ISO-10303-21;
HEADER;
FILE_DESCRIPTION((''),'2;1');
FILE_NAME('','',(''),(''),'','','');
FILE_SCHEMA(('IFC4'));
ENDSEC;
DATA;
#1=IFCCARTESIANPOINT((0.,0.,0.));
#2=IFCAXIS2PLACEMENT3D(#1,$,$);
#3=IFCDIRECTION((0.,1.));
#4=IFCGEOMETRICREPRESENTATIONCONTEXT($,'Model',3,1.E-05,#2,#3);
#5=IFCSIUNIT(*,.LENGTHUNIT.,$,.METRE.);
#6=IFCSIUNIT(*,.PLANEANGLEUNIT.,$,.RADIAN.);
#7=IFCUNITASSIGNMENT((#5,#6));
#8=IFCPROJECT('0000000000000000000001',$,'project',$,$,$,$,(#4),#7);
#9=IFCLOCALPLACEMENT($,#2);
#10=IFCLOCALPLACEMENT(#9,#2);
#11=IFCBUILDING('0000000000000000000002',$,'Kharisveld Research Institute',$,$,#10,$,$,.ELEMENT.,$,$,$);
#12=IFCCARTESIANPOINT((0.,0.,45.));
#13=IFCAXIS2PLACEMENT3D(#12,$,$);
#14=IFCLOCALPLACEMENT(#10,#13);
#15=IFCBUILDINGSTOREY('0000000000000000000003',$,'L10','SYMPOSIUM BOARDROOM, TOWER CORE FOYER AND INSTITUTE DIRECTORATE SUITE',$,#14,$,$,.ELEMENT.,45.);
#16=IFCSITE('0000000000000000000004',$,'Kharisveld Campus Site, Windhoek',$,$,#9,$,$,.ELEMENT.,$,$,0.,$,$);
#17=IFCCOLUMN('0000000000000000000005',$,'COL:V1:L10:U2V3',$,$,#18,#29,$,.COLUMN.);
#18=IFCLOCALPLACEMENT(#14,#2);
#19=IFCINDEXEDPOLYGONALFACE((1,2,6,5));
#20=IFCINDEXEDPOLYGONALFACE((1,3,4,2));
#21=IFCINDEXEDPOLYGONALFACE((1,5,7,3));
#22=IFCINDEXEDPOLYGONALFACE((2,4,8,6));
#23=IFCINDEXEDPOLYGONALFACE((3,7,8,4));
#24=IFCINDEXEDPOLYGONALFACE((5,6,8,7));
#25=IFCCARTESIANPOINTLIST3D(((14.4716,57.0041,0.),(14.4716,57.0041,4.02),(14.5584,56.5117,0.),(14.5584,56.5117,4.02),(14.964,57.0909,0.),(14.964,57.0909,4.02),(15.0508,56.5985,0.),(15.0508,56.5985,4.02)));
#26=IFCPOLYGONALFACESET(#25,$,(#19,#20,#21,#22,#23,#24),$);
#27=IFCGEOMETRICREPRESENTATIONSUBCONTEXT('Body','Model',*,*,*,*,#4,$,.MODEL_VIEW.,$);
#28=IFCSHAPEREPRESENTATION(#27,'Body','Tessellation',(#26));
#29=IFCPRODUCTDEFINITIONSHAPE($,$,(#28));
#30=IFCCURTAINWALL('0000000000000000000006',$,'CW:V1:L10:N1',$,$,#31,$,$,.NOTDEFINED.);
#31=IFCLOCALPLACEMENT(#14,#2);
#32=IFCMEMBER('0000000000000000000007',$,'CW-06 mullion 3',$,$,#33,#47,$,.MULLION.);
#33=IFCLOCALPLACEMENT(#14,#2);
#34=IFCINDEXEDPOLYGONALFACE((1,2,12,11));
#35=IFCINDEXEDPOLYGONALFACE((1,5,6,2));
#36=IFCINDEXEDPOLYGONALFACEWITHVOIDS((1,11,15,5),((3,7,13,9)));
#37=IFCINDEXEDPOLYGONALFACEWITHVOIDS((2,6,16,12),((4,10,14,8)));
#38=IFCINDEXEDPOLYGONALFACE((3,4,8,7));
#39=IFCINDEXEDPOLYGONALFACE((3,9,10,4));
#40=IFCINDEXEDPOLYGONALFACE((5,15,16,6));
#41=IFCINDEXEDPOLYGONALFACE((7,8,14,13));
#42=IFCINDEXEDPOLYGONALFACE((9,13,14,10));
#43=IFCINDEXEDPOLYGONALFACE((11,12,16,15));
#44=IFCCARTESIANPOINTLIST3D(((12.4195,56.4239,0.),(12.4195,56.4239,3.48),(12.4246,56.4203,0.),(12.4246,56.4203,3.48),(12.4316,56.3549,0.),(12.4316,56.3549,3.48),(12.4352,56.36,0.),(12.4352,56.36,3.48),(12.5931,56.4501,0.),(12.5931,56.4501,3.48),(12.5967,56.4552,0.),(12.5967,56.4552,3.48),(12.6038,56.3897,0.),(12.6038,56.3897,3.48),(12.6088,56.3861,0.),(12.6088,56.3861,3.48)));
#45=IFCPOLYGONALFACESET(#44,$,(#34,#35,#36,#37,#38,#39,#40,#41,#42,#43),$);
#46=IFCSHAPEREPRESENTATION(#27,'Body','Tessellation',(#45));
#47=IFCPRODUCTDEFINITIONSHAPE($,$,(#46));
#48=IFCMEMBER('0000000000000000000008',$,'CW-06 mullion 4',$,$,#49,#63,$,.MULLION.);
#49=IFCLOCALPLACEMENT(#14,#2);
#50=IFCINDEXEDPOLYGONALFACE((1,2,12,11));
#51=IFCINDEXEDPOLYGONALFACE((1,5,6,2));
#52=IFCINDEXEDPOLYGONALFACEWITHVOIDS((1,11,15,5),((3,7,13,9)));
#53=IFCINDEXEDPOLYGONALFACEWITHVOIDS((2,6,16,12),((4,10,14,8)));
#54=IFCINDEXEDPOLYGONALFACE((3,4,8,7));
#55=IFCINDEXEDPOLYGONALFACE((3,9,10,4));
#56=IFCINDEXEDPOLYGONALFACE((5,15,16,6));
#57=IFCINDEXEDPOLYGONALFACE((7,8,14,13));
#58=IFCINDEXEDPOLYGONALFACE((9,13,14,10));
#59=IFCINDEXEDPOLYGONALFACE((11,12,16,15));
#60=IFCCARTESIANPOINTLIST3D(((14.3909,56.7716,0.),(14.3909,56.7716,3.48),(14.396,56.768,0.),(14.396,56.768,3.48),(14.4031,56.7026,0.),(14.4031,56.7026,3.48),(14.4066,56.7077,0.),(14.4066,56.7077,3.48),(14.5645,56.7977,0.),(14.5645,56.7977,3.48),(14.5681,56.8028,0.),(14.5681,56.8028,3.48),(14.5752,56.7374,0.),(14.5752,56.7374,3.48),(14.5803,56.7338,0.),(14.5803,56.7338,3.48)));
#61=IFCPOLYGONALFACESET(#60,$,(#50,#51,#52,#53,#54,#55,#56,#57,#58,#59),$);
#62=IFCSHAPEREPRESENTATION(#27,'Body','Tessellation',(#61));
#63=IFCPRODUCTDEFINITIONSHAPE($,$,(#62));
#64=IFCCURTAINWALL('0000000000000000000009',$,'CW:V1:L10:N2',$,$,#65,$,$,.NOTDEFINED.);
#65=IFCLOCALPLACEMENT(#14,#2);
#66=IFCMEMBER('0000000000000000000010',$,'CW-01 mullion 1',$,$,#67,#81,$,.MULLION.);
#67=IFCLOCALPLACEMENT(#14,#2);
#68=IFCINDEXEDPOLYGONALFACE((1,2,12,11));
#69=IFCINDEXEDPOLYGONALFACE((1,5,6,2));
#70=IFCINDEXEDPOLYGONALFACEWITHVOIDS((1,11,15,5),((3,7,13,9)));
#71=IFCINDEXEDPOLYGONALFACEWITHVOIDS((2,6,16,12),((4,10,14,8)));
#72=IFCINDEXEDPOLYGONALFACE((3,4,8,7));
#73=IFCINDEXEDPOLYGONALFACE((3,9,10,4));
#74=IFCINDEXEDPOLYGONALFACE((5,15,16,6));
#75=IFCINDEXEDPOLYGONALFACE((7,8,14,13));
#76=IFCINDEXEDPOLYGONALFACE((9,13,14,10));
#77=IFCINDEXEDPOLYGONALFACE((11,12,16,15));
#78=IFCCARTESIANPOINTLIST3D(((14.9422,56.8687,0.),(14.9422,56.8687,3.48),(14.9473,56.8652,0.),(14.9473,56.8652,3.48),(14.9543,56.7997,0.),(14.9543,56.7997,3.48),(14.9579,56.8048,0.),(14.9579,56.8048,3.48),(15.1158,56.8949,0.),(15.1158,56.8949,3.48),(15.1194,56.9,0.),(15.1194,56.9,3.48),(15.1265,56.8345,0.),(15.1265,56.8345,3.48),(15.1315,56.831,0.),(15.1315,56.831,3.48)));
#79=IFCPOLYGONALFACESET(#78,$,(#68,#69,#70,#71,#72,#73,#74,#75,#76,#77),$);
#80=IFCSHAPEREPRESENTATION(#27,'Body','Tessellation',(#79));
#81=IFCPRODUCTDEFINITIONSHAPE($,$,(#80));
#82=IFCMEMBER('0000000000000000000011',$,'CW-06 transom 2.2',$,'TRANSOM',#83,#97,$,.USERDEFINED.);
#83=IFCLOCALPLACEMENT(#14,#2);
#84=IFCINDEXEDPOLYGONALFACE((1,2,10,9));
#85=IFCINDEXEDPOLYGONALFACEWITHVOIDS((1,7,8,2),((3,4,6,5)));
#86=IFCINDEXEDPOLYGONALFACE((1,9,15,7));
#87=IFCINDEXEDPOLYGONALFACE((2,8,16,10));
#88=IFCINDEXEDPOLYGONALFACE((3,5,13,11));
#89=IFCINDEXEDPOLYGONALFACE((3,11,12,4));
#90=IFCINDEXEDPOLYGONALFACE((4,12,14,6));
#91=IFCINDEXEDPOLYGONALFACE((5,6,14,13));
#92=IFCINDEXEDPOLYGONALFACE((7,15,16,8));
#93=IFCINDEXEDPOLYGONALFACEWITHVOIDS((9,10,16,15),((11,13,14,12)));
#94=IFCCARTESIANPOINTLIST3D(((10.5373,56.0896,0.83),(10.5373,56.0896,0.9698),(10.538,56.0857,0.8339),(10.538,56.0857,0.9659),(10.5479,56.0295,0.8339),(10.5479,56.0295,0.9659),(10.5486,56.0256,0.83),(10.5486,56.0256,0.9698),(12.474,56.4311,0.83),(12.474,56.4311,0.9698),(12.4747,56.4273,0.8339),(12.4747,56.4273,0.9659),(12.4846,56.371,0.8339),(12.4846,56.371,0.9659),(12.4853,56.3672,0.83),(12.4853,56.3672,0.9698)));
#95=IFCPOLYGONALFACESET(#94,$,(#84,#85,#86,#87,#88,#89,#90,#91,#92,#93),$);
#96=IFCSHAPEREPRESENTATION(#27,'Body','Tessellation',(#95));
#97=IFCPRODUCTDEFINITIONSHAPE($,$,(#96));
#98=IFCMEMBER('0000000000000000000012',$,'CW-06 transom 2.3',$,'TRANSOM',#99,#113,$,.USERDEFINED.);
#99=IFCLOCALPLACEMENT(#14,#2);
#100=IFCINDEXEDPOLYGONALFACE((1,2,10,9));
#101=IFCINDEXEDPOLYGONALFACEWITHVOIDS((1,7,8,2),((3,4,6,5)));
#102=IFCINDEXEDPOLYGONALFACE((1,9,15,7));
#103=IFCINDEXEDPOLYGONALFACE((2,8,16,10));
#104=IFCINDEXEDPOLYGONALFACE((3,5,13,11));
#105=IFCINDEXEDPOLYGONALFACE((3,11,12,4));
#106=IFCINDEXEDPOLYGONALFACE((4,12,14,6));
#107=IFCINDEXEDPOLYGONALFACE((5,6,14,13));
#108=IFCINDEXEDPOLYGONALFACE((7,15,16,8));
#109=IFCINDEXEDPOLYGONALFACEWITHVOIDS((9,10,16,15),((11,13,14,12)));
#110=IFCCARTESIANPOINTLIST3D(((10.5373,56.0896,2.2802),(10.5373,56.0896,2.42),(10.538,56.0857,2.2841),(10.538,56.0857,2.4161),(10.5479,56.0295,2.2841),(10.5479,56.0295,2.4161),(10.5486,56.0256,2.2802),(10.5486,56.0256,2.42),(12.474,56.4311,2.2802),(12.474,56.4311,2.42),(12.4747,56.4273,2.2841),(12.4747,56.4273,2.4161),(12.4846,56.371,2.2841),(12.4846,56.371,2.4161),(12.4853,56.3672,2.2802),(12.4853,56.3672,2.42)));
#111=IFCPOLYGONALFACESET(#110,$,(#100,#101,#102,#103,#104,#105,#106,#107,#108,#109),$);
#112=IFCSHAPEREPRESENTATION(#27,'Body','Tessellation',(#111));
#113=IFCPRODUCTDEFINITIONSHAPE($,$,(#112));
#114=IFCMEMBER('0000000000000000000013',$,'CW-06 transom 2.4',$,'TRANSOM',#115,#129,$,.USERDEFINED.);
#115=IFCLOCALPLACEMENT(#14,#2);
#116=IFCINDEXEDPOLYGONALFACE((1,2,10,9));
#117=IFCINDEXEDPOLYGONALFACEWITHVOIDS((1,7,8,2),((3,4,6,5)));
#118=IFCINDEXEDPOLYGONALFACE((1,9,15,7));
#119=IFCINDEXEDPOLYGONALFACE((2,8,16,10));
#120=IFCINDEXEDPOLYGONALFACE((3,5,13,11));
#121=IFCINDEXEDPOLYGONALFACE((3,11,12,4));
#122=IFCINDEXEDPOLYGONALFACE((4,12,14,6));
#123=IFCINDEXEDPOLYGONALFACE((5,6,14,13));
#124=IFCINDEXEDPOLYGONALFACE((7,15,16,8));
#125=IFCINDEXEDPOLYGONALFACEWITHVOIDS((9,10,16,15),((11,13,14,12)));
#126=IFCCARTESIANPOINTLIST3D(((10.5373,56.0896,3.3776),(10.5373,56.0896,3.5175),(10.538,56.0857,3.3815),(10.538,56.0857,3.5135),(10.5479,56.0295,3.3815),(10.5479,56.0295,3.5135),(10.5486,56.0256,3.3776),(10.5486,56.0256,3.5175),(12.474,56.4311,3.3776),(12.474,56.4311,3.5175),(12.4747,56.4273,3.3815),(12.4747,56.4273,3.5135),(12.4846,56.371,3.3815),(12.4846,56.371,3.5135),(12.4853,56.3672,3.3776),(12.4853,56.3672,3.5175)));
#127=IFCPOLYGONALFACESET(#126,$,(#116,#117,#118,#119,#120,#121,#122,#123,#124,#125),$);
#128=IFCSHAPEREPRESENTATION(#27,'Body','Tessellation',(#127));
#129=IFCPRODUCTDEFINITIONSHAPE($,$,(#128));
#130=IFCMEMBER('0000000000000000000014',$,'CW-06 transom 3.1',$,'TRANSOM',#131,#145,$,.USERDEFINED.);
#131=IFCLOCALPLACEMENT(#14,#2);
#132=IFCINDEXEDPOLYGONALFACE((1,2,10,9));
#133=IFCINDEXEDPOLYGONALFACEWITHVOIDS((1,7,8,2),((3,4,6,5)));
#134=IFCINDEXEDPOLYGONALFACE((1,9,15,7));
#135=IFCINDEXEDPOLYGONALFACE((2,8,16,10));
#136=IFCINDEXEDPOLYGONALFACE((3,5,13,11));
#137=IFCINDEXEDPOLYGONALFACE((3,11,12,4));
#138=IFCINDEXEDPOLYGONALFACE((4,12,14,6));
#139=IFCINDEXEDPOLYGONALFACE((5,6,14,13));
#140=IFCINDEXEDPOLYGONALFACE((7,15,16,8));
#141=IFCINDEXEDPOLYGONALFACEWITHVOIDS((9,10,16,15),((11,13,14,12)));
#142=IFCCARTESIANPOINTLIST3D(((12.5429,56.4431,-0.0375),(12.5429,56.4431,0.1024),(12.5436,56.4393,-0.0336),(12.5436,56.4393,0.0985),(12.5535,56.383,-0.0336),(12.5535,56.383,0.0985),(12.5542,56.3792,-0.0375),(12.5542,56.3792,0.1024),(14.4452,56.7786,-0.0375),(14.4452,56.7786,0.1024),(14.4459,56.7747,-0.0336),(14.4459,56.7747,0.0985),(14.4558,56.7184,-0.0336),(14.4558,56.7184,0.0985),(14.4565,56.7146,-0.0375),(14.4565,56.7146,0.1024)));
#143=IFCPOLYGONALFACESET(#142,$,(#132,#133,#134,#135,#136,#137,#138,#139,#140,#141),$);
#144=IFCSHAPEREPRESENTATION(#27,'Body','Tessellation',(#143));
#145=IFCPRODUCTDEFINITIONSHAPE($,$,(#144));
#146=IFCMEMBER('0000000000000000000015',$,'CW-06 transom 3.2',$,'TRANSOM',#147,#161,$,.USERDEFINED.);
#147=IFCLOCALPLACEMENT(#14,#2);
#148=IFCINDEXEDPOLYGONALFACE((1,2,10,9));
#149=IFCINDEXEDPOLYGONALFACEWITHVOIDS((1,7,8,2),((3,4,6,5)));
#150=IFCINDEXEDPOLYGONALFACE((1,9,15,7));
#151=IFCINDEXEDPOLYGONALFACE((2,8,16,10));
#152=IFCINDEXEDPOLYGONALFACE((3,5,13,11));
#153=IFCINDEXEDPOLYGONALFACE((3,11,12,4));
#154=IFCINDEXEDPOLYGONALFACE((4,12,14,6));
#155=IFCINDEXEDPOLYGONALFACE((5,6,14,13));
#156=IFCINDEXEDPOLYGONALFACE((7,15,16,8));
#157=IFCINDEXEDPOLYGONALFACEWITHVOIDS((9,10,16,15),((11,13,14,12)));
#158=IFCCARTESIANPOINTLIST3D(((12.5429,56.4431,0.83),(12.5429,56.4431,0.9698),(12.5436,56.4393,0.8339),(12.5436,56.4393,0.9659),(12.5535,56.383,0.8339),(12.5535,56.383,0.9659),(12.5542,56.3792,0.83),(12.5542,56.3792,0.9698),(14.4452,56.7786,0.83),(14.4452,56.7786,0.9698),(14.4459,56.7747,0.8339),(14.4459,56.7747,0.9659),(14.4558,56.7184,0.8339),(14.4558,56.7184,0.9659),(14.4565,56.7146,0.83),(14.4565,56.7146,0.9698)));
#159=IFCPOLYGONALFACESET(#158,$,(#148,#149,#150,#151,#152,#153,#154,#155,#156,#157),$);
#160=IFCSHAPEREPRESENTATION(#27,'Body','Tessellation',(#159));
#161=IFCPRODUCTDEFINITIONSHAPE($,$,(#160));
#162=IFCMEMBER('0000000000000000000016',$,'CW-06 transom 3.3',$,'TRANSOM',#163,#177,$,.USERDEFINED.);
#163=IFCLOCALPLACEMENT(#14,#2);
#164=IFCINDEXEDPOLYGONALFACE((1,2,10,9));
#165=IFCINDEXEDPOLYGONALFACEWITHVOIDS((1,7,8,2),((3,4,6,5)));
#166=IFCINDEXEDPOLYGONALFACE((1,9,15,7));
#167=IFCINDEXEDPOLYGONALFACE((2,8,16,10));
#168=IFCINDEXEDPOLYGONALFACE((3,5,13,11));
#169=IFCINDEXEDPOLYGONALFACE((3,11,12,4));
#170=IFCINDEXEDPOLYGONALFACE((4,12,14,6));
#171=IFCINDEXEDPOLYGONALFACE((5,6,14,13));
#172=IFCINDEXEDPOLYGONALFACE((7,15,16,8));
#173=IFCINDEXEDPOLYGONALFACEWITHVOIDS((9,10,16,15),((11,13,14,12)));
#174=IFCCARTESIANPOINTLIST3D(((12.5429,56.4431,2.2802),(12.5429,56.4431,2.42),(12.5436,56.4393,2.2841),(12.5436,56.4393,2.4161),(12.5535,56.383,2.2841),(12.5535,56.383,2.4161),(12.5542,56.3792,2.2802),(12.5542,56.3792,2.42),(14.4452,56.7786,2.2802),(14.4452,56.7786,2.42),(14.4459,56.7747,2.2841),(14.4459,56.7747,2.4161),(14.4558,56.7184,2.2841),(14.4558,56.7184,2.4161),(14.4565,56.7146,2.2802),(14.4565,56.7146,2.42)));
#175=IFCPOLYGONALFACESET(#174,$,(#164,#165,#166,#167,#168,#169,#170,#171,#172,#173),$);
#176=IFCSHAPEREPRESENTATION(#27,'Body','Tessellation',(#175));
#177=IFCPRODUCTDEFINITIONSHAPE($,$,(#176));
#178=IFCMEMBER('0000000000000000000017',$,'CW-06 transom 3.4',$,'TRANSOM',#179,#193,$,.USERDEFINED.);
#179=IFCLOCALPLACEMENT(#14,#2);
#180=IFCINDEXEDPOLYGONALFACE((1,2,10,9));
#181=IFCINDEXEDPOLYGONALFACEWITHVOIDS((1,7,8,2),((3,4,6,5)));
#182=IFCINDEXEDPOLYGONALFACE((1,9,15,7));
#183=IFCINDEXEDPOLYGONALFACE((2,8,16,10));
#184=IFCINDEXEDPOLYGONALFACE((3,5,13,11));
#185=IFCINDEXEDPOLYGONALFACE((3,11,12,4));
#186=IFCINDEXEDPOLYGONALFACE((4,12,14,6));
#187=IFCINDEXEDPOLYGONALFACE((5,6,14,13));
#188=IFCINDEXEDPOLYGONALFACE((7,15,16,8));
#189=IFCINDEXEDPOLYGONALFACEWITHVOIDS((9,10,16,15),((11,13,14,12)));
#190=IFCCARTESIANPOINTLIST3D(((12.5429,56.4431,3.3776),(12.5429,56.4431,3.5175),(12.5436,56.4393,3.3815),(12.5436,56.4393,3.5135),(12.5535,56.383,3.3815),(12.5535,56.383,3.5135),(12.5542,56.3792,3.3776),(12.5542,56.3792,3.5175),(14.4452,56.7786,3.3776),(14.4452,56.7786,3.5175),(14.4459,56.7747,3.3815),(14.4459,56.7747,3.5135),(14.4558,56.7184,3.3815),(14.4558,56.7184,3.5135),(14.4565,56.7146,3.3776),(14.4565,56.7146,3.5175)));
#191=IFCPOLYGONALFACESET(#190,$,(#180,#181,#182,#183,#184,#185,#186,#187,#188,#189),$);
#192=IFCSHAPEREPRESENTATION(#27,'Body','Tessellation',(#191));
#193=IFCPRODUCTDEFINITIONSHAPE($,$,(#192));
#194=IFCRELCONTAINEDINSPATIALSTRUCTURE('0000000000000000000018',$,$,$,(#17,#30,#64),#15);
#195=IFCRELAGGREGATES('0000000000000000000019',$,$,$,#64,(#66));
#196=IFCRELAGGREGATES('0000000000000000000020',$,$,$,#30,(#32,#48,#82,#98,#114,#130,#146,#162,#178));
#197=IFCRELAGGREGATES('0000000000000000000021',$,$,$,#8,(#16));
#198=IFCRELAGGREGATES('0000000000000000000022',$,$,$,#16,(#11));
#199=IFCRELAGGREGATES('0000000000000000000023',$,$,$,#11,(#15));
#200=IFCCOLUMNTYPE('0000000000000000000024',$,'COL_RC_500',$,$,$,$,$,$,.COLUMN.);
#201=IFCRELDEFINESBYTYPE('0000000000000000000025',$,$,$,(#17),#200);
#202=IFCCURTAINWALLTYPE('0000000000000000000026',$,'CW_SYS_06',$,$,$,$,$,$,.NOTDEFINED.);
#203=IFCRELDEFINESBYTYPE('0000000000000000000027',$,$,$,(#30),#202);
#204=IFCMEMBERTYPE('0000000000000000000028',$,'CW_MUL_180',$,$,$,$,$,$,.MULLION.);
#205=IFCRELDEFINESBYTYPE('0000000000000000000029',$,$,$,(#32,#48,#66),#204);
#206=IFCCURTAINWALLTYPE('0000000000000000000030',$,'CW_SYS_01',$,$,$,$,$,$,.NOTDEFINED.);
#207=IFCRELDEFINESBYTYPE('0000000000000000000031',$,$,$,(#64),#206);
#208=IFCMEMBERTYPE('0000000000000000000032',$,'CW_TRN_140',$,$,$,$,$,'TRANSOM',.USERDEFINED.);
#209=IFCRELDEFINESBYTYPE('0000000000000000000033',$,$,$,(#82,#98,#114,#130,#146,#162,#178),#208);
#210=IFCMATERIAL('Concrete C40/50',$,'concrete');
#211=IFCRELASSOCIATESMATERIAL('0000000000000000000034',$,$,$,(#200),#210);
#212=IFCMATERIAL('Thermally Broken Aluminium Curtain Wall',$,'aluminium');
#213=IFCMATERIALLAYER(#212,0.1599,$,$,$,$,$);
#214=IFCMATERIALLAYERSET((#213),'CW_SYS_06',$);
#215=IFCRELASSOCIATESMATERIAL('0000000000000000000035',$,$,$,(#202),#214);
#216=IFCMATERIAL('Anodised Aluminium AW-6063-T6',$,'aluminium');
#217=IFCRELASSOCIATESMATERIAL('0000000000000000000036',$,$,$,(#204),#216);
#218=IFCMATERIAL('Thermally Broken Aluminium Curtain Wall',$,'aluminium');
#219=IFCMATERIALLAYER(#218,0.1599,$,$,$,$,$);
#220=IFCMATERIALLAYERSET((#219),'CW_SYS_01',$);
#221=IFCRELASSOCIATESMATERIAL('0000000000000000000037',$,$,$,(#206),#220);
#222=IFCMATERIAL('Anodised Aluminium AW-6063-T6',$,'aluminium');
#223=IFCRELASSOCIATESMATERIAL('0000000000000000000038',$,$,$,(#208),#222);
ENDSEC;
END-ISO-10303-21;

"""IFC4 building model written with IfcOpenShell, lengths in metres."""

from ifc_helpers import new_model, si_unit, direction, frame, origin, origin_2d, place, context, subcontext, project, spatial, rectangle, hollow_rectangle, extrude, material, layer, layer_set, material_profile, profile_set, type_object, element, aggregate, save


model = new_model("IFC4")

# Units and contexts
model_context = context("Model", 3, precision=1e-05, world=origin(), true_north=direction((0.0, 1.0)))
body_context = subcontext(model_context, "Body", "Model", "MODEL_VIEW")
ifc_project = project(units=[si_unit("LENGTHUNIT", "METRE"), si_unit("PLANEANGLEUNIT", "RADIAN")], contexts=[model_context])

# Site, building, storey
site_placement = place(None, origin())
site = spatial("IfcSite", under=ifc_project, at=site_placement, Name="Kharisveld Campus Site, Windhoek", CompositionType="ELEMENT", RefElevation=0.0)
building_placement = place(site_placement, origin())
building = spatial("IfcBuilding", under=site, at=building_placement, Name="Kharisveld Research Institute", CompositionType="ELEMENT")
storey_placement = place(building_placement, frame((0.0, 0.0, 45.0)))
storey = spatial("IfcBuildingStorey", under=building, at=storey_placement, Name="L10", Description="SYMPOSIUM BOARDROOM, TOWER CORE FOYER AND INSTITUTE DIRECTORATE SUITE", CompositionType="ELEMENT", Elevation=45.0)

# Column
ifc_material_1 = material(Name="Concrete C40/50", Category="concrete")
ifc_material_profile_1 = material_profile(ifc_material_1, rectangle(XDim=0.5, YDim=0.5, at=origin_2d()))
ifc_profile_set_1 = profile_set([ifc_material_profile_1], Name="Concrete C40/50")
column_type = type_object("IfcColumnType", Name="COL_RC_500", PredefinedType="COLUMN", material=ifc_profile_set_1)
column_placement = place(storey_placement, frame((14.7612, 56.8013, 0.0), z_axis=(0.0, 0.0, 1.0), x_axis=(0.984808, 0.173648, 0.0)))
element("IfcColumn", 1, at=column_placement, inside=storey, type_object=column_type, Name="COL:V1:L10:U2V3", PredefinedType="COLUMN", context=body_context, shape_type="SweptSolid", body=[
    extrude(rectangle(XDim=0.5, YDim=0.5, at=origin_2d()), origin(), (0.0, 0.0, 1.0), 4.02),
])

# Curtain wall, members
ifc_material_2 = material(Name="Thermally Broken Aluminium Curtain Wall", Category="aluminium")
ifc_layer_1 = layer(ifc_material_2, 0.1599)
ifc_layer_set_1 = layer_set([ifc_layer_1], Name="CW_SYS_06")
curtain_wall_type_1 = type_object("IfcCurtainWallType", Name="CW_SYS_06", PredefinedType="NOTDEFINED", material=ifc_layer_set_1)
curtain_wall_1_placement = place(storey_placement, origin())
curtain_wall_1 = element("IfcCurtainWall", 2, at=curtain_wall_1_placement, inside=storey, type_object=curtain_wall_type_1, Name="CW:V1:L10:N1", PredefinedType="NOTDEFINED")
ifc_material_3 = material(Name="Anodised Aluminium AW-6063-T6", Category="aluminium")
ifc_material_profile_2 = material_profile(ifc_material_3, hollow_rectangle(XDim=0.0701, YDim=0.1799, WallThickness=0.0044, at=origin_2d()))
ifc_profile_set_2 = profile_set([ifc_material_profile_2], Name="Anodised Aluminium AW-6063-T6")
member_type_1 = type_object("IfcMemberType", Name="CW_MUL_180", PredefinedType="MULLION", material=ifc_profile_set_2)
member_1_placement = place(storey_placement, frame((12.5142, 56.405, 0.0), z_axis=(0.0, 0.0, 1.0), x_axis=(-0.173648, 0.984808, 0.0)))
member_1 = element("IfcMember", 3, at=member_1_placement, type_object=member_type_1, Name="CW-06 mullion 3", PredefinedType="MULLION", context=body_context, shape_type="SweptSolid", body=[
    extrude(hollow_rectangle(XDim=0.0701, YDim=0.1799, WallThickness=0.0044, at=origin_2d()), origin(), (0.0, 0.0, 1.0), 3.48),
])
member_2_placement = place(storey_placement, frame((14.4856, 56.7527, 0.0), z_axis=(0.0, 0.0, 1.0), x_axis=(-0.173648, 0.984808, 0.0)))
member_2 = element("IfcMember", 4, at=member_2_placement, type_object=member_type_1, Name="CW-06 mullion 4", PredefinedType="MULLION", context=body_context, shape_type="SweptSolid", body=[
    extrude(hollow_rectangle(XDim=0.0701, YDim=0.1799, WallThickness=0.0044, at=origin_2d()), origin(), (0.0, 0.0, 1.0), 3.48),
])

# Curtain wall, member
ifc_material_4 = material(Name="Thermally Broken Aluminium Curtain Wall", Category="aluminium")
ifc_layer_2 = layer(ifc_material_4, 0.1599)
ifc_layer_set_2 = layer_set([ifc_layer_2], Name="CW_SYS_01")
curtain_wall_type_2 = type_object("IfcCurtainWallType", Name="CW_SYS_01", PredefinedType="NOTDEFINED", material=ifc_layer_set_2)
curtain_wall_2_placement = place(storey_placement, origin())
curtain_wall_2 = element("IfcCurtainWall", 5, at=curtain_wall_2_placement, inside=storey, type_object=curtain_wall_type_2, Name="CW:V1:L10:N2", PredefinedType="NOTDEFINED")
member_3_placement = place(storey_placement, frame((15.0369, 56.8499, 0.0), z_axis=(0.0, 0.0, 1.0), x_axis=(-0.173648, 0.984808, 0.0)))
member_3 = element("IfcMember", 6, at=member_3_placement, type_object=member_type_1, Name="CW-01 mullion 1", PredefinedType="MULLION", context=body_context, shape_type="SweptSolid", body=[
    extrude(hollow_rectangle(XDim=0.0701, YDim=0.1799, WallThickness=0.0044, at=origin_2d()), origin(), (0.0, 0.0, 1.0), 3.48),
])

# Members
ifc_material_5 = material(Name="Anodised Aluminium AW-6063-T6", Category="aluminium")
ifc_material_profile_3 = material_profile(ifc_material_5, hollow_rectangle(XDim=0.0649, YDim=0.1399, WallThickness=0.0039, at=origin_2d()))
ifc_profile_set_3 = profile_set([ifc_material_profile_3], Name="Anodised Aluminium AW-6063-T6")
member_type_2 = type_object("IfcMemberType", Name="CW_TRN_140", ElementType="TRANSOM", PredefinedType="USERDEFINED", material=ifc_profile_set_3)
member_4_placement = place(storey_placement, frame((10.543, 56.0576, 0.8999), z_axis=(0.984804, 0.173672, 0.0), x_axis=(-0.173672, 0.984804, 0.0)))
member_4 = element("IfcMember", 7, at=member_4_placement, type_object=member_type_2, Name="CW-06 transom 2.2", ObjectType="TRANSOM", PredefinedType="USERDEFINED", context=body_context, shape_type="SweptSolid", body=[
    extrude(hollow_rectangle(XDim=0.0649, YDim=0.1399, WallThickness=0.0039, at=origin_2d()), origin(), (0.0, 0.0, 1.0), 1.9666),
])
member_5_placement = place(storey_placement, frame((10.543, 56.0576, 2.3501), z_axis=(0.984804, 0.173672, 0.0), x_axis=(-0.173672, 0.984804, 0.0)))
member_5 = element("IfcMember", 8, at=member_5_placement, type_object=member_type_2, Name="CW-06 transom 2.3", ObjectType="TRANSOM", PredefinedType="USERDEFINED", context=body_context, shape_type="SweptSolid", body=[
    extrude(hollow_rectangle(XDim=0.0649, YDim=0.1399, WallThickness=0.0039, at=origin_2d()), origin(), (0.0, 0.0, 1.0), 1.9666),
])
member_6_placement = place(storey_placement, frame((10.543, 56.0576, 3.4475), z_axis=(0.984804, 0.173672, 0.0), x_axis=(-0.173672, 0.984804, 0.0)))
member_6 = element("IfcMember", 9, at=member_6_placement, type_object=member_type_2, Name="CW-06 transom 2.4", ObjectType="TRANSOM", PredefinedType="USERDEFINED", context=body_context, shape_type="SweptSolid", body=[
    extrude(hollow_rectangle(XDim=0.0649, YDim=0.1399, WallThickness=0.0039, at=origin_2d()), origin(), (0.0, 0.0, 1.0), 1.9666),
])
member_7_placement = place(storey_placement, frame((12.5486, 56.4111, 0.0325), z_axis=(0.984806, 0.173656, 0.0), x_axis=(-0.173656, 0.984806, 0.0)))
member_7 = element("IfcMember", 10, at=member_7_placement, type_object=member_type_2, Name="CW-06 transom 3.1", ObjectType="TRANSOM", PredefinedType="USERDEFINED", context=body_context, shape_type="SweptSolid", body=[
    extrude(hollow_rectangle(XDim=0.0649, YDim=0.1399, WallThickness=0.0039, at=origin_2d()), origin(), (0.0, 0.0, 1.0), 1.9316),
])
member_8_placement = place(storey_placement, frame((12.5486, 56.4111, 0.8999), z_axis=(0.984806, 0.173656, 0.0), x_axis=(-0.173656, 0.984806, 0.0)))
member_8 = element("IfcMember", 11, at=member_8_placement, type_object=member_type_2, Name="CW-06 transom 3.2", ObjectType="TRANSOM", PredefinedType="USERDEFINED", context=body_context, shape_type="SweptSolid", body=[
    extrude(hollow_rectangle(XDim=0.0649, YDim=0.1399, WallThickness=0.0039, at=origin_2d()), origin(), (0.0, 0.0, 1.0), 1.9316),
])
member_9_placement = place(storey_placement, frame((12.5486, 56.4111, 2.3501), z_axis=(0.984806, 0.173656, 0.0), x_axis=(-0.173656, 0.984806, 0.0)))
member_9 = element("IfcMember", 12, at=member_9_placement, type_object=member_type_2, Name="CW-06 transom 3.3", ObjectType="TRANSOM", PredefinedType="USERDEFINED", context=body_context, shape_type="SweptSolid", body=[
    extrude(hollow_rectangle(XDim=0.0649, YDim=0.1399, WallThickness=0.0039, at=origin_2d()), origin(), (0.0, 0.0, 1.0), 1.9316),
])
member_10_placement = place(storey_placement, frame((12.5486, 56.4111, 3.4475), z_axis=(0.984806, 0.173656, 0.0), x_axis=(-0.173656, 0.984806, 0.0)))
member_10 = element("IfcMember", 13, at=member_10_placement, type_object=member_type_2, Name="CW-06 transom 3.4", ObjectType="TRANSOM", PredefinedType="USERDEFINED", context=body_context, shape_type="SweptSolid", body=[
    extrude(hollow_rectangle(XDim=0.0649, YDim=0.1399, WallThickness=0.0039, at=origin_2d()), origin(), (0.0, 0.0, 1.0), 1.9316),
])
aggregate(curtain_wall_2, [member_3])

aggregate(curtain_wall_1, [member_1, member_2, member_4, member_5, member_6, member_7, member_8, member_9, member_10])

save(model, "model.ifc")
